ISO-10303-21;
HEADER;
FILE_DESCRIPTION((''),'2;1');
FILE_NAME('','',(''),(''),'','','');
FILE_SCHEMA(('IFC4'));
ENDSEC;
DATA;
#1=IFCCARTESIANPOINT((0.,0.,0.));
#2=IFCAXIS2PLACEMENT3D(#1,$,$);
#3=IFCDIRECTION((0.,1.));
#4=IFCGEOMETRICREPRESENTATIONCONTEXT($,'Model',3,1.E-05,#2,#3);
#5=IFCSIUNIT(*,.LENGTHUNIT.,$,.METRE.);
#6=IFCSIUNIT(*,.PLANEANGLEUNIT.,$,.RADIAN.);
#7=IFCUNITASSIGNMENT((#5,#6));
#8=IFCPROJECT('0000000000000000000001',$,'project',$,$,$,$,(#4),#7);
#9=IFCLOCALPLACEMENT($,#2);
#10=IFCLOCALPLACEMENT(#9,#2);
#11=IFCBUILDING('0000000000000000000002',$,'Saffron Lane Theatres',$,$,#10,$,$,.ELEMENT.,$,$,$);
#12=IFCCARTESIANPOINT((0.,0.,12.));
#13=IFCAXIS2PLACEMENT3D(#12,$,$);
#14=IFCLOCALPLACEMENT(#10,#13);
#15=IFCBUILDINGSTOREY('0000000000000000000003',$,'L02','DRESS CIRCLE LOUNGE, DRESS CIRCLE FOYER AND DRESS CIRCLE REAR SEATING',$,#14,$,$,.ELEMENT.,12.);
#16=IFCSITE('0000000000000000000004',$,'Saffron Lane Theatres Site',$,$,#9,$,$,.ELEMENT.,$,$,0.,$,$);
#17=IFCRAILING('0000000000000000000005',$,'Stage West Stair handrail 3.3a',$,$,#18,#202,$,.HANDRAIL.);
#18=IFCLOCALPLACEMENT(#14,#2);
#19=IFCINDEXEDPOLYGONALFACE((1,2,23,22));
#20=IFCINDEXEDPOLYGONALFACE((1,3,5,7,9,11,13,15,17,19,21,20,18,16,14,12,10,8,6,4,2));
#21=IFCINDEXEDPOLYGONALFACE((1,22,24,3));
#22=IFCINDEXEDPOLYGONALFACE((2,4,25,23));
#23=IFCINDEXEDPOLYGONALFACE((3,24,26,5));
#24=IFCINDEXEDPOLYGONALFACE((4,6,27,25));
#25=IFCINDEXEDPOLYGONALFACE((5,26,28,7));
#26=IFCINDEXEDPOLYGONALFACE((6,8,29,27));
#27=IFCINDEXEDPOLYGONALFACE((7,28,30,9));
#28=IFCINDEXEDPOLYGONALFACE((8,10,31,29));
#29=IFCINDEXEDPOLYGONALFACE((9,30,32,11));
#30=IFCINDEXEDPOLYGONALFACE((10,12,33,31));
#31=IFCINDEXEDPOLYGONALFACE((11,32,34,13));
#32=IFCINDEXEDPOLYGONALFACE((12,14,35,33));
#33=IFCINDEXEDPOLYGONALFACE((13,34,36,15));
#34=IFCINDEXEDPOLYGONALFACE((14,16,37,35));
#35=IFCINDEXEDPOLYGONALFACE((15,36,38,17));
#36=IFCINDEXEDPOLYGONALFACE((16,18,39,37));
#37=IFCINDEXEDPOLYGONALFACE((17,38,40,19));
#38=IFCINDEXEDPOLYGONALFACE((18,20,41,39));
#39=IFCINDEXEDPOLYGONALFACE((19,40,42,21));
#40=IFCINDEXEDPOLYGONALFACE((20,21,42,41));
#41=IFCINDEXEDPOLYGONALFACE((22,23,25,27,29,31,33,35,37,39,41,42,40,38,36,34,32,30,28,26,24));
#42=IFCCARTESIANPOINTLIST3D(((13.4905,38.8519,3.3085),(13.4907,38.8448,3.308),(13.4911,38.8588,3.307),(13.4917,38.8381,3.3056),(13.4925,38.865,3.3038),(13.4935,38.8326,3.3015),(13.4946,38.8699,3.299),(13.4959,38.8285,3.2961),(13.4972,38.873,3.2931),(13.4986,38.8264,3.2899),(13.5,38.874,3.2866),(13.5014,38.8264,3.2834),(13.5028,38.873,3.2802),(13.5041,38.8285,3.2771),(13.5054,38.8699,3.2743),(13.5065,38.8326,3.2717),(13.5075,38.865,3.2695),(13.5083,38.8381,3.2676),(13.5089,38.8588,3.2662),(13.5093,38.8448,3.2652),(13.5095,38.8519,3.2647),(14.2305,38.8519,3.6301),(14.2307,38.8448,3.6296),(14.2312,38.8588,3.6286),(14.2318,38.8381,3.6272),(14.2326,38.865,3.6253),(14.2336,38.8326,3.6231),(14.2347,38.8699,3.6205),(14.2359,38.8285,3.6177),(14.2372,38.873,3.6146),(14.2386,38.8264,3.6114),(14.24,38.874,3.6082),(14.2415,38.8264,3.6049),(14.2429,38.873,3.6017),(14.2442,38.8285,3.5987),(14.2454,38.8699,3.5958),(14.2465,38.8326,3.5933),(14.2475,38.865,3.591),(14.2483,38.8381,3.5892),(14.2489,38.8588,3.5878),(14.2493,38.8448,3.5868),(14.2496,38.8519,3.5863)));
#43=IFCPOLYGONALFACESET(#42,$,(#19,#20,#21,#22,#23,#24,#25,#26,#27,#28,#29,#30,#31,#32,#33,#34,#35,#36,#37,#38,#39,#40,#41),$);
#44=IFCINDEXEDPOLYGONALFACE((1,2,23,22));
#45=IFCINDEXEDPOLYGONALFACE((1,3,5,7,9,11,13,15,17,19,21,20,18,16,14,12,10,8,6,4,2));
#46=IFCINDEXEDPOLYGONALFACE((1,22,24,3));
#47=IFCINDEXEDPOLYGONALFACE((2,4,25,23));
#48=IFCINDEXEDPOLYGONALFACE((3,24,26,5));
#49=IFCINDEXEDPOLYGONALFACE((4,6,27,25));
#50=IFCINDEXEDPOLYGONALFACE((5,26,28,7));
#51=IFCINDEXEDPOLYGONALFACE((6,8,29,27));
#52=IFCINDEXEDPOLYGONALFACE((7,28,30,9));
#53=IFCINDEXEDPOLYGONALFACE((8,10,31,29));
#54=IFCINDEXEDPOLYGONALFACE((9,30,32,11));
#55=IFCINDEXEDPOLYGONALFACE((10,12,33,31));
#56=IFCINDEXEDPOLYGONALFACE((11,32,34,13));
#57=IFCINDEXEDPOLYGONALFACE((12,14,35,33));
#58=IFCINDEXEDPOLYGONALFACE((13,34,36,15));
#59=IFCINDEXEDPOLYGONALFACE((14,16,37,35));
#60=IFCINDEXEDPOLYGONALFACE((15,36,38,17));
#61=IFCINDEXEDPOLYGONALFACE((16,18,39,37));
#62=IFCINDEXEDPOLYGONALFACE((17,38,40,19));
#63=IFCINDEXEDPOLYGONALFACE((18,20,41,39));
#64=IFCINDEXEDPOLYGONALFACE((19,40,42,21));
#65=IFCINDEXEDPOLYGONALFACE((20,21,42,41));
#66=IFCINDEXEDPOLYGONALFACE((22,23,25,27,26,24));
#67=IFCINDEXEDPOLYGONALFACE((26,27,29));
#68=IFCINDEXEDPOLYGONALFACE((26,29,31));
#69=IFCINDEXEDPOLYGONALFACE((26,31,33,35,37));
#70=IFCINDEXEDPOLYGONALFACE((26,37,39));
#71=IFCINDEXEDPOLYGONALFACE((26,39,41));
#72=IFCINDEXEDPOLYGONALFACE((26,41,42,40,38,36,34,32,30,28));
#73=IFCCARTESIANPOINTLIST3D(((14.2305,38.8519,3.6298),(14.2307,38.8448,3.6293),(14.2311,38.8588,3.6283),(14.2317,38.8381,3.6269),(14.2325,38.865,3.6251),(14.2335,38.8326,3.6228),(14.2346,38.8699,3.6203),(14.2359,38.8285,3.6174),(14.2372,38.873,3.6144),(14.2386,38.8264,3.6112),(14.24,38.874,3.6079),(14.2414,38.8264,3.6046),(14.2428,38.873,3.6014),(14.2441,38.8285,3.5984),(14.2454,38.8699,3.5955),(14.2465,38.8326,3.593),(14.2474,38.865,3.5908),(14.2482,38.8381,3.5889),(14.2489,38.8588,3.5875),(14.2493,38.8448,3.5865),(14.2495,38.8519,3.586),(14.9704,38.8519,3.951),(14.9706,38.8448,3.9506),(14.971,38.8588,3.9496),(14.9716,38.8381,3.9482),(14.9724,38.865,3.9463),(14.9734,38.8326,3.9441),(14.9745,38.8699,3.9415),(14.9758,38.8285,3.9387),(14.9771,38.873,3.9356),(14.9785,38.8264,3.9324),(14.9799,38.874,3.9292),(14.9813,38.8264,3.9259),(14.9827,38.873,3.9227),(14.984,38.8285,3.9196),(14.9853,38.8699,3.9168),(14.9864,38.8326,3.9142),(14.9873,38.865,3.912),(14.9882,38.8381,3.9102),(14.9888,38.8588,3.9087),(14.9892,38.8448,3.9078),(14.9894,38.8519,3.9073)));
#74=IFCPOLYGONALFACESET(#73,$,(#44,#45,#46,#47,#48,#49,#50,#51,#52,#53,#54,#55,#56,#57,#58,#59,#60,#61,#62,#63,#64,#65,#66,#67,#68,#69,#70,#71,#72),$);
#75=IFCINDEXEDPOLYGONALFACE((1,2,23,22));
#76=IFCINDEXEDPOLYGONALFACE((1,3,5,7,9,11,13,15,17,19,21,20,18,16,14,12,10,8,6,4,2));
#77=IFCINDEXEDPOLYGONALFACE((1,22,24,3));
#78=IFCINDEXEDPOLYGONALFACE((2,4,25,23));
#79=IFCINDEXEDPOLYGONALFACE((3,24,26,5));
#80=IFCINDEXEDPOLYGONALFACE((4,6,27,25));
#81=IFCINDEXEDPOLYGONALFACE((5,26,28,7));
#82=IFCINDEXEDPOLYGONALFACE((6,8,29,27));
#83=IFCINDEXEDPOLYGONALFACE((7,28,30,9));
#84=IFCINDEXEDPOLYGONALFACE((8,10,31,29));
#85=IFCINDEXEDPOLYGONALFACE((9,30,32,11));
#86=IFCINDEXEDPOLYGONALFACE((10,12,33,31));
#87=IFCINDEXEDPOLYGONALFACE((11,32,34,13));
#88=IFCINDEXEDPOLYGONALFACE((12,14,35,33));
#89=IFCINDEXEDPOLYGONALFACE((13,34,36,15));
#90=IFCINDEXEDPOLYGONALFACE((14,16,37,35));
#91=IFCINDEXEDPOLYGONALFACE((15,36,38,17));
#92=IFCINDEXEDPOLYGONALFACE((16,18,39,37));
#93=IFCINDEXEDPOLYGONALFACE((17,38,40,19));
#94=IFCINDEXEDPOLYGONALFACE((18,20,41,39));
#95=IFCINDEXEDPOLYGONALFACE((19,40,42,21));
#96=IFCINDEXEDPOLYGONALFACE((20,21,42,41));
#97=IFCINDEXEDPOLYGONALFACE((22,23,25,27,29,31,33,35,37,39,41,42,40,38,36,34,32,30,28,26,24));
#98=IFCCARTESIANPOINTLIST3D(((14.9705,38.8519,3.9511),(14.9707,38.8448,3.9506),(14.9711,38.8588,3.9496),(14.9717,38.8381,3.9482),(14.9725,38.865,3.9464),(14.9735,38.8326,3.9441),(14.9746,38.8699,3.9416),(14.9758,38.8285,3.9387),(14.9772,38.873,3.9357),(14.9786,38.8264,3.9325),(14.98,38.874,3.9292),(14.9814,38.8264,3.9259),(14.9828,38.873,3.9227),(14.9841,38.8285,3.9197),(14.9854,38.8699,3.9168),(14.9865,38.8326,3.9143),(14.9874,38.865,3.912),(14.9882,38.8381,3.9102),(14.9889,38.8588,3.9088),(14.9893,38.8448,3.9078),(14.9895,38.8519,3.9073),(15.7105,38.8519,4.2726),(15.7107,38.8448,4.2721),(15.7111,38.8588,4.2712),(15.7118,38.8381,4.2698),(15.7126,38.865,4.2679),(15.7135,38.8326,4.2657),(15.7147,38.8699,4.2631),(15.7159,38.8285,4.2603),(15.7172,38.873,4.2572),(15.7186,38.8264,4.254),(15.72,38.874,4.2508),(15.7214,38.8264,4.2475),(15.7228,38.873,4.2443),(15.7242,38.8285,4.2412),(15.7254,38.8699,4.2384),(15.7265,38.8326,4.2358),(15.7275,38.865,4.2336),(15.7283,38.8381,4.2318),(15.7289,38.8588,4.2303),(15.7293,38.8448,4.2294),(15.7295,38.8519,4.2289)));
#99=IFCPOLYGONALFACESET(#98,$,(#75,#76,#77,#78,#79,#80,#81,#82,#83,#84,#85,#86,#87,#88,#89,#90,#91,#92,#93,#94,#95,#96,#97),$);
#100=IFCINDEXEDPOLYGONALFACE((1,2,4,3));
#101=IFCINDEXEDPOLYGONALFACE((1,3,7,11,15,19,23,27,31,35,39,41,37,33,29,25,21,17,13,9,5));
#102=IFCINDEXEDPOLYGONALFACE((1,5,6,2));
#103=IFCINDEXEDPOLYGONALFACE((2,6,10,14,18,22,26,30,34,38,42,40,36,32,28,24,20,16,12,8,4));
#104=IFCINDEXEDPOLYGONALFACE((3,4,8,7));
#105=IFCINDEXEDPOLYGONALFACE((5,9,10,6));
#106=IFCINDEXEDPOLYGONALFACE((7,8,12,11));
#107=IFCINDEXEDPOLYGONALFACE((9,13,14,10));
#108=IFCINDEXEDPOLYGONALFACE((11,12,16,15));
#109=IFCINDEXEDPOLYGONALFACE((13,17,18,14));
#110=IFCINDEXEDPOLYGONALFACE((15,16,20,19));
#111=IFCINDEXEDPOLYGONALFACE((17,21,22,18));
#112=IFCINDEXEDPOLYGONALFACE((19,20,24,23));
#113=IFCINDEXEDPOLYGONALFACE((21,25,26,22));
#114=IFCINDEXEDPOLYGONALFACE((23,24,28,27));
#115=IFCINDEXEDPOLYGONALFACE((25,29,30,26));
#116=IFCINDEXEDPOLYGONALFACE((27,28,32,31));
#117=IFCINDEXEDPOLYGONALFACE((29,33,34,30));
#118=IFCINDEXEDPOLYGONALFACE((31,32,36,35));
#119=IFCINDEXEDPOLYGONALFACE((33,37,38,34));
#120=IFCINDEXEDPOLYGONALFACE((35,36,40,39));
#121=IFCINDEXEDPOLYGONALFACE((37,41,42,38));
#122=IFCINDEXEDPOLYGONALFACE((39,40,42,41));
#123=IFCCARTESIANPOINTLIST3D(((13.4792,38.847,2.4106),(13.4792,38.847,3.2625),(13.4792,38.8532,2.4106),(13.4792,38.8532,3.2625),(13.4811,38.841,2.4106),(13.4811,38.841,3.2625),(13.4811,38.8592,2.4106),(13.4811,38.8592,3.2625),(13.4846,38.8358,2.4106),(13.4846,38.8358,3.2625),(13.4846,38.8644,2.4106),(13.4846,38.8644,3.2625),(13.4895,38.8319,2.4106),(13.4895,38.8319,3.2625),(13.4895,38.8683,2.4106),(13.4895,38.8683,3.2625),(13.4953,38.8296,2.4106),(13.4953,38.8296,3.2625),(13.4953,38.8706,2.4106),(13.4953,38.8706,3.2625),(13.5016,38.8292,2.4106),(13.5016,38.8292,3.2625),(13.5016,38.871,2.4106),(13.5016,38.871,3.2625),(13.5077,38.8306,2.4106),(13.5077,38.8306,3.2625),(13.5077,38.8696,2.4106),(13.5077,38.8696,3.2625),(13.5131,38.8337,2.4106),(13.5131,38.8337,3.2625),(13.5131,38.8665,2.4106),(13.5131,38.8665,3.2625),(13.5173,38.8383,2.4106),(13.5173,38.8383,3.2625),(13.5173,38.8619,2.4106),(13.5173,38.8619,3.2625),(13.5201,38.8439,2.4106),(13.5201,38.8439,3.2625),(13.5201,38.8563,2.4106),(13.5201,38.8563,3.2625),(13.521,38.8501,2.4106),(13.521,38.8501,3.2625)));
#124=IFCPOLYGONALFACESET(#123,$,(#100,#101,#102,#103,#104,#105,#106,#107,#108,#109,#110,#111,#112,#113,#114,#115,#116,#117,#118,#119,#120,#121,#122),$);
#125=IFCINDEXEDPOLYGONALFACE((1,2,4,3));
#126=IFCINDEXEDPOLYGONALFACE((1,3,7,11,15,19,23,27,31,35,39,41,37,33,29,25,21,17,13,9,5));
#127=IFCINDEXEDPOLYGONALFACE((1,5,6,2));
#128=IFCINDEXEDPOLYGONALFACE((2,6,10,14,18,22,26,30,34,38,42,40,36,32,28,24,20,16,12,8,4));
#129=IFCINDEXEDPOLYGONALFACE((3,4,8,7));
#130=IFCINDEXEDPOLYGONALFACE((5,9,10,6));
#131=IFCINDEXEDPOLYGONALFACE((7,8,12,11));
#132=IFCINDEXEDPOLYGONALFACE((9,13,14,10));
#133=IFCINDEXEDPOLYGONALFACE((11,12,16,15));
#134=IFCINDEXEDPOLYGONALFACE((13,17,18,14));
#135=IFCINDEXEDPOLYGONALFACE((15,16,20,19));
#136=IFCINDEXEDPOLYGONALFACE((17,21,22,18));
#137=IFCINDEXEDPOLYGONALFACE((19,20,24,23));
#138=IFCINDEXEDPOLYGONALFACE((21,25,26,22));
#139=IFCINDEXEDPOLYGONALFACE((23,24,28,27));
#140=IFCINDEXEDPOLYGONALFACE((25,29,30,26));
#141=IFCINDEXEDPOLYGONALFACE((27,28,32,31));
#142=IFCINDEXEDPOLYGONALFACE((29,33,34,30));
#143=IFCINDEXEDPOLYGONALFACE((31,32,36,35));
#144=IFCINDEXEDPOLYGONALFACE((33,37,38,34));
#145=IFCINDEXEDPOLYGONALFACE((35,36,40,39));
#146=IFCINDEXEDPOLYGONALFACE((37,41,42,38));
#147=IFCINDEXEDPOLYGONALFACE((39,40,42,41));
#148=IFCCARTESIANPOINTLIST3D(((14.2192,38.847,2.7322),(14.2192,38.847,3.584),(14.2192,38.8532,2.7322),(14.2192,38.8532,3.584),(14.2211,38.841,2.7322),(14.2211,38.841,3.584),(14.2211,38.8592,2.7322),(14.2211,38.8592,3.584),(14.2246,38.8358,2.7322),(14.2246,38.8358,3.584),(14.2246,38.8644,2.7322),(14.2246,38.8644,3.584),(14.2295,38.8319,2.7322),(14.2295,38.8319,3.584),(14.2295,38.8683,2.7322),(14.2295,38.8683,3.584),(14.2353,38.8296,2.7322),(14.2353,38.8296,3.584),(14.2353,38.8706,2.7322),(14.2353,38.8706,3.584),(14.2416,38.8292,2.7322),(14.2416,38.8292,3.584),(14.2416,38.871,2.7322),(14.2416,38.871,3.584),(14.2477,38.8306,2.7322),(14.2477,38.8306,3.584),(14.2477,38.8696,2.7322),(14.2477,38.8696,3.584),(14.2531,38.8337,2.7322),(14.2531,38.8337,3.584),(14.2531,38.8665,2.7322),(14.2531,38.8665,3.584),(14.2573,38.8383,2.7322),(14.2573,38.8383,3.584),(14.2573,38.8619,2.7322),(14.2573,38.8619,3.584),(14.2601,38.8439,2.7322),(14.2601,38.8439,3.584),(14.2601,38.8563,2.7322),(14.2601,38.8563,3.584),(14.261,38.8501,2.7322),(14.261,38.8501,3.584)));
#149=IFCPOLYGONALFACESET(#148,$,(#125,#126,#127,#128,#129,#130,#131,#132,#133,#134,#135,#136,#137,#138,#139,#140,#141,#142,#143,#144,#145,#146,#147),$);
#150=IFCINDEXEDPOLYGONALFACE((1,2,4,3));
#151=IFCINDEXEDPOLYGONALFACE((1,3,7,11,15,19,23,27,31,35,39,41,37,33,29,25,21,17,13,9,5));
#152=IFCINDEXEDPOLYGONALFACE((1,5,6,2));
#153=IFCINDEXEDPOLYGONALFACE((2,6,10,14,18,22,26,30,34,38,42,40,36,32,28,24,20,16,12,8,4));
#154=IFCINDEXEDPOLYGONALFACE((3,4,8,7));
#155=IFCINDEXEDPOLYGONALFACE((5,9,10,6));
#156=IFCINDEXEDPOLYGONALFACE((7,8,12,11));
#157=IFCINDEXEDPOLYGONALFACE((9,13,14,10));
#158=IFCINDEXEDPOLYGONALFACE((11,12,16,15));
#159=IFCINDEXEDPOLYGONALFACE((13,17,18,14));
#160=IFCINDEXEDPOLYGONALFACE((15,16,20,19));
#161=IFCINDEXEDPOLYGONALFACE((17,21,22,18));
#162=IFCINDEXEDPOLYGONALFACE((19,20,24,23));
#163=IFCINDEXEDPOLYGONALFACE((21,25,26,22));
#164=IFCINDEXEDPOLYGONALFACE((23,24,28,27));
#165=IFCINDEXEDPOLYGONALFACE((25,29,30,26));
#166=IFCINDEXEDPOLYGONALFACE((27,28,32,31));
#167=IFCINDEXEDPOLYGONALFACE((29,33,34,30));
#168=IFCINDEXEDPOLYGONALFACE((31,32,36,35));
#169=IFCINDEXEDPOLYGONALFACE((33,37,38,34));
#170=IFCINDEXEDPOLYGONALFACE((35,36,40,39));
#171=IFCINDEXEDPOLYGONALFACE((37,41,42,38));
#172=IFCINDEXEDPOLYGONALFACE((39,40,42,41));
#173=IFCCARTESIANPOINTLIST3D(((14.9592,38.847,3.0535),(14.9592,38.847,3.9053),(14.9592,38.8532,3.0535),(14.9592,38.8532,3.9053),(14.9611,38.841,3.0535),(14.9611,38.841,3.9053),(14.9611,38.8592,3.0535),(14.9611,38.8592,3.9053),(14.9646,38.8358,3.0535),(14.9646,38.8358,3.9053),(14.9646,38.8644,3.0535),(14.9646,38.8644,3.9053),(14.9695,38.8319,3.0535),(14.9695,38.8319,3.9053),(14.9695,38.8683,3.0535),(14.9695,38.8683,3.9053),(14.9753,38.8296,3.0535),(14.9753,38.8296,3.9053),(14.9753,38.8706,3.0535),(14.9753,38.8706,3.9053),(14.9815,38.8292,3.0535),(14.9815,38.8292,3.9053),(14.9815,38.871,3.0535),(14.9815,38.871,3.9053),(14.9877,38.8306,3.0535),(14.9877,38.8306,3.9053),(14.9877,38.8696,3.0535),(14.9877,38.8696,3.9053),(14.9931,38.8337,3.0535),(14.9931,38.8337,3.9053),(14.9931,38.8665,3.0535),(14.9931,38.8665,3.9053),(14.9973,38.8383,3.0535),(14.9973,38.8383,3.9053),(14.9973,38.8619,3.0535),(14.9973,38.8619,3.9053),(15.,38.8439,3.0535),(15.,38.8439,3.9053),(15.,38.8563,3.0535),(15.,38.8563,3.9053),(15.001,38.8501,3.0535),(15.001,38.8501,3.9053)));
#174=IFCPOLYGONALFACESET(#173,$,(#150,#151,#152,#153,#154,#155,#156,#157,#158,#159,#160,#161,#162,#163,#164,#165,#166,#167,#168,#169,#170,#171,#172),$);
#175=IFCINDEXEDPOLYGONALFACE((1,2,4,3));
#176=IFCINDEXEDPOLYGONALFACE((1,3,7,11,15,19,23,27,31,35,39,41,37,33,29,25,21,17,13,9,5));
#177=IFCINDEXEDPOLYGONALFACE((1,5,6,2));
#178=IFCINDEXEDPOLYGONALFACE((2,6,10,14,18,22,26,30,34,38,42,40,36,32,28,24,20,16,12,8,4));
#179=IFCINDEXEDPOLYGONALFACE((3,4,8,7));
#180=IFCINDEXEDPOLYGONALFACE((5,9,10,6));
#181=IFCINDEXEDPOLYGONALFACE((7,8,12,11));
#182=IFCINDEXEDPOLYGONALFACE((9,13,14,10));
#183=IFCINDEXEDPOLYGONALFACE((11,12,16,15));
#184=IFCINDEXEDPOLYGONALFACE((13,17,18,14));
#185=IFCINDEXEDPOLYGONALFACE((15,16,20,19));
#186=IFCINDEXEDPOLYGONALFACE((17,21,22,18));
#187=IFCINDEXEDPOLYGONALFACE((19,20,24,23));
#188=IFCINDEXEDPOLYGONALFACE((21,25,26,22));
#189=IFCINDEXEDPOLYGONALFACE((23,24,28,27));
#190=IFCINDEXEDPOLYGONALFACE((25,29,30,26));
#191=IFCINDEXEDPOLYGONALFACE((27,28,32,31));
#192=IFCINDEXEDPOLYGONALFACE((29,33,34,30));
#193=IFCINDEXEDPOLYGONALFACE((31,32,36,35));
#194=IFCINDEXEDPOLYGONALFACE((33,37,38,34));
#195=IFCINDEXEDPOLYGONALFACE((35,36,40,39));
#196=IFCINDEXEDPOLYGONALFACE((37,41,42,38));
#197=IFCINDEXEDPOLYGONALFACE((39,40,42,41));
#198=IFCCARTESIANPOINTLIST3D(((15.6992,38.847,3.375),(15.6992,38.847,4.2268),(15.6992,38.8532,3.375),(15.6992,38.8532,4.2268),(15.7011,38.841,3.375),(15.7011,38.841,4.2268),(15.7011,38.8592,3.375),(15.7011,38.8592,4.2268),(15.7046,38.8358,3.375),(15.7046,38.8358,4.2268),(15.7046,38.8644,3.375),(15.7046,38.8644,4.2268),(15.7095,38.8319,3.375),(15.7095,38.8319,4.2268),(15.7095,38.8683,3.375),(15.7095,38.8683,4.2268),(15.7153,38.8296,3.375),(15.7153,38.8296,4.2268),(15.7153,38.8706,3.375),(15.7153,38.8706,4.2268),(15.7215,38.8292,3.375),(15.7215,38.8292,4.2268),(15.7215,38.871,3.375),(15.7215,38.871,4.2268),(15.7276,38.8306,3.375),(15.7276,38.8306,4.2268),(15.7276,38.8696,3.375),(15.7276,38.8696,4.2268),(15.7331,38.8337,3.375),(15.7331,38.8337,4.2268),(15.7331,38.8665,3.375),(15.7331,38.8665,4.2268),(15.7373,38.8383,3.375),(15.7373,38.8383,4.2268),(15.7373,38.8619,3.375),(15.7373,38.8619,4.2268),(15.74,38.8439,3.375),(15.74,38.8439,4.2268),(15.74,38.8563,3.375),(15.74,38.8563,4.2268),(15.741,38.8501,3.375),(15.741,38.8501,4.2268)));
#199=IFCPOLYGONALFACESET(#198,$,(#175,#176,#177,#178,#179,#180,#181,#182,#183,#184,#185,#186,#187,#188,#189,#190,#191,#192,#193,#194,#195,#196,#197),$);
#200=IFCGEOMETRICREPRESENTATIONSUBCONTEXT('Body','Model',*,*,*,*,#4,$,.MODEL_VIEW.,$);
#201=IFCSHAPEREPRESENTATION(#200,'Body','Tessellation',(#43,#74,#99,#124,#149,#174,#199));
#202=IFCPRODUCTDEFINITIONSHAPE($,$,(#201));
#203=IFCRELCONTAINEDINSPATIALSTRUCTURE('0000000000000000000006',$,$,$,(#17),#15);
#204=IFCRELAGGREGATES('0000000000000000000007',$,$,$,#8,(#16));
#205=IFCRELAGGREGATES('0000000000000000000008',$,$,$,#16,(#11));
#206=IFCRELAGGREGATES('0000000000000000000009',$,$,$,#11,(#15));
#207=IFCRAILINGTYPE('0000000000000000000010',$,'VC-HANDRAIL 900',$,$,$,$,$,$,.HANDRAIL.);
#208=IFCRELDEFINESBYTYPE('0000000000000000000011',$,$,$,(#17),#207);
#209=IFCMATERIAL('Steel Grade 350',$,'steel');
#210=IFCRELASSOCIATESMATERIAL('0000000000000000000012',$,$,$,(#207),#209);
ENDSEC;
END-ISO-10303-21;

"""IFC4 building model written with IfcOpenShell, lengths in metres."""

from ifc_helpers import new_model, si_unit, direction, frame, origin, origin_2d, place, context, subcontext, project, spatial, circle, extrude, material, type_object, element, save


model = new_model("IFC4")

# Units and contexts
model_context = context("Model", 3, precision=1e-05, world=origin(), true_north=direction((0.0, 1.0)))
body_context = subcontext(model_context, "Body", "Model", "MODEL_VIEW")
ifc_project = project(units=[si_unit("LENGTHUNIT", "METRE"), si_unit("PLANEANGLEUNIT", "RADIAN")], contexts=[model_context])

# Site, building, storey
site_placement = place(None, origin())
site = spatial("IfcSite", under=ifc_project, at=site_placement, Name="Saffron Lane Theatres Site", CompositionType="ELEMENT", RefElevation=0.0)
building_placement = place(site_placement, origin())
building = spatial("IfcBuilding", under=site, at=building_placement, Name="Saffron Lane Theatres", CompositionType="ELEMENT")
storey_placement = place(building_placement, frame((0.0, 0.0, 12.0)))
storey = spatial("IfcBuildingStorey", under=building, at=storey_placement, Name="L02", Description="DRESS CIRCLE LOUNGE, DRESS CIRCLE FOYER AND DRESS CIRCLE REAR SEATING", CompositionType="ELEMENT", Elevation=12.0)

# Railing
ifc_material_1 = material(Name="Steel Grade 350", Category="steel")
railing_type_1 = type_object("IfcRailingType", Name="VC-HANDRAIL 900", PredefinedType="HANDRAIL", material=ifc_material_1)
for number, where, name in (
    (1, (13.5, 38.8501, 2.4106), "Stage West Stair handrail 3.3a"),
):
    element("IfcRailing", number, at=place(storey_placement, frame(where)), inside=storey, type_object=railing_type_1, Name=name, PredefinedType="HANDRAIL", context=body_context, shape_type="SweptSolid", body=[
        extrude(circle(Radius=0.0239, at=origin_2d()), frame((0.0, 0.0, 0.876), z_axis=(0.917161, 0.0, 0.398516), x_axis=(0.0, 1.0, 0.0)), (0.0, 0.0, 1.0), 0.8069),
        extrude(circle(Radius=0.0239, at=origin_2d()), frame((0.74, 0.0, 1.1973), z_axis=(0.917272, 0.0, 0.398261), x_axis=(0.0, 1.0, 0.0)), (0.0, 0.0, 1.0), 0.8066),
        extrude(circle(Radius=0.0239, at=origin_2d()), frame((1.48, 0.0, 1.5186), z_axis=(0.917161, 0.0, 0.398516), x_axis=(0.0, 1.0, 0.0)), (0.0, 0.0, 1.0), 0.8069),
        extrude(circle(Radius=0.021, at=origin_2d()), origin(), (0.0, 0.0, 1.0), 0.8518),
        extrude(circle(Radius=0.021, at=origin_2d()), frame((0.74, 0.0, 0.3215)), (0.0, 0.0, 1.0), 0.8518),
        extrude(circle(Radius=0.021, at=origin_2d()), frame((1.48, 0.0, 0.6428)), (0.0, 0.0, 1.0), 0.8518),
        extrude(circle(Radius=0.021, at=origin_2d()), frame((2.22, 0.0, 0.9644)), (0.0, 0.0, 1.0), 0.8518),
    ])

save(model, "model.ifc")
